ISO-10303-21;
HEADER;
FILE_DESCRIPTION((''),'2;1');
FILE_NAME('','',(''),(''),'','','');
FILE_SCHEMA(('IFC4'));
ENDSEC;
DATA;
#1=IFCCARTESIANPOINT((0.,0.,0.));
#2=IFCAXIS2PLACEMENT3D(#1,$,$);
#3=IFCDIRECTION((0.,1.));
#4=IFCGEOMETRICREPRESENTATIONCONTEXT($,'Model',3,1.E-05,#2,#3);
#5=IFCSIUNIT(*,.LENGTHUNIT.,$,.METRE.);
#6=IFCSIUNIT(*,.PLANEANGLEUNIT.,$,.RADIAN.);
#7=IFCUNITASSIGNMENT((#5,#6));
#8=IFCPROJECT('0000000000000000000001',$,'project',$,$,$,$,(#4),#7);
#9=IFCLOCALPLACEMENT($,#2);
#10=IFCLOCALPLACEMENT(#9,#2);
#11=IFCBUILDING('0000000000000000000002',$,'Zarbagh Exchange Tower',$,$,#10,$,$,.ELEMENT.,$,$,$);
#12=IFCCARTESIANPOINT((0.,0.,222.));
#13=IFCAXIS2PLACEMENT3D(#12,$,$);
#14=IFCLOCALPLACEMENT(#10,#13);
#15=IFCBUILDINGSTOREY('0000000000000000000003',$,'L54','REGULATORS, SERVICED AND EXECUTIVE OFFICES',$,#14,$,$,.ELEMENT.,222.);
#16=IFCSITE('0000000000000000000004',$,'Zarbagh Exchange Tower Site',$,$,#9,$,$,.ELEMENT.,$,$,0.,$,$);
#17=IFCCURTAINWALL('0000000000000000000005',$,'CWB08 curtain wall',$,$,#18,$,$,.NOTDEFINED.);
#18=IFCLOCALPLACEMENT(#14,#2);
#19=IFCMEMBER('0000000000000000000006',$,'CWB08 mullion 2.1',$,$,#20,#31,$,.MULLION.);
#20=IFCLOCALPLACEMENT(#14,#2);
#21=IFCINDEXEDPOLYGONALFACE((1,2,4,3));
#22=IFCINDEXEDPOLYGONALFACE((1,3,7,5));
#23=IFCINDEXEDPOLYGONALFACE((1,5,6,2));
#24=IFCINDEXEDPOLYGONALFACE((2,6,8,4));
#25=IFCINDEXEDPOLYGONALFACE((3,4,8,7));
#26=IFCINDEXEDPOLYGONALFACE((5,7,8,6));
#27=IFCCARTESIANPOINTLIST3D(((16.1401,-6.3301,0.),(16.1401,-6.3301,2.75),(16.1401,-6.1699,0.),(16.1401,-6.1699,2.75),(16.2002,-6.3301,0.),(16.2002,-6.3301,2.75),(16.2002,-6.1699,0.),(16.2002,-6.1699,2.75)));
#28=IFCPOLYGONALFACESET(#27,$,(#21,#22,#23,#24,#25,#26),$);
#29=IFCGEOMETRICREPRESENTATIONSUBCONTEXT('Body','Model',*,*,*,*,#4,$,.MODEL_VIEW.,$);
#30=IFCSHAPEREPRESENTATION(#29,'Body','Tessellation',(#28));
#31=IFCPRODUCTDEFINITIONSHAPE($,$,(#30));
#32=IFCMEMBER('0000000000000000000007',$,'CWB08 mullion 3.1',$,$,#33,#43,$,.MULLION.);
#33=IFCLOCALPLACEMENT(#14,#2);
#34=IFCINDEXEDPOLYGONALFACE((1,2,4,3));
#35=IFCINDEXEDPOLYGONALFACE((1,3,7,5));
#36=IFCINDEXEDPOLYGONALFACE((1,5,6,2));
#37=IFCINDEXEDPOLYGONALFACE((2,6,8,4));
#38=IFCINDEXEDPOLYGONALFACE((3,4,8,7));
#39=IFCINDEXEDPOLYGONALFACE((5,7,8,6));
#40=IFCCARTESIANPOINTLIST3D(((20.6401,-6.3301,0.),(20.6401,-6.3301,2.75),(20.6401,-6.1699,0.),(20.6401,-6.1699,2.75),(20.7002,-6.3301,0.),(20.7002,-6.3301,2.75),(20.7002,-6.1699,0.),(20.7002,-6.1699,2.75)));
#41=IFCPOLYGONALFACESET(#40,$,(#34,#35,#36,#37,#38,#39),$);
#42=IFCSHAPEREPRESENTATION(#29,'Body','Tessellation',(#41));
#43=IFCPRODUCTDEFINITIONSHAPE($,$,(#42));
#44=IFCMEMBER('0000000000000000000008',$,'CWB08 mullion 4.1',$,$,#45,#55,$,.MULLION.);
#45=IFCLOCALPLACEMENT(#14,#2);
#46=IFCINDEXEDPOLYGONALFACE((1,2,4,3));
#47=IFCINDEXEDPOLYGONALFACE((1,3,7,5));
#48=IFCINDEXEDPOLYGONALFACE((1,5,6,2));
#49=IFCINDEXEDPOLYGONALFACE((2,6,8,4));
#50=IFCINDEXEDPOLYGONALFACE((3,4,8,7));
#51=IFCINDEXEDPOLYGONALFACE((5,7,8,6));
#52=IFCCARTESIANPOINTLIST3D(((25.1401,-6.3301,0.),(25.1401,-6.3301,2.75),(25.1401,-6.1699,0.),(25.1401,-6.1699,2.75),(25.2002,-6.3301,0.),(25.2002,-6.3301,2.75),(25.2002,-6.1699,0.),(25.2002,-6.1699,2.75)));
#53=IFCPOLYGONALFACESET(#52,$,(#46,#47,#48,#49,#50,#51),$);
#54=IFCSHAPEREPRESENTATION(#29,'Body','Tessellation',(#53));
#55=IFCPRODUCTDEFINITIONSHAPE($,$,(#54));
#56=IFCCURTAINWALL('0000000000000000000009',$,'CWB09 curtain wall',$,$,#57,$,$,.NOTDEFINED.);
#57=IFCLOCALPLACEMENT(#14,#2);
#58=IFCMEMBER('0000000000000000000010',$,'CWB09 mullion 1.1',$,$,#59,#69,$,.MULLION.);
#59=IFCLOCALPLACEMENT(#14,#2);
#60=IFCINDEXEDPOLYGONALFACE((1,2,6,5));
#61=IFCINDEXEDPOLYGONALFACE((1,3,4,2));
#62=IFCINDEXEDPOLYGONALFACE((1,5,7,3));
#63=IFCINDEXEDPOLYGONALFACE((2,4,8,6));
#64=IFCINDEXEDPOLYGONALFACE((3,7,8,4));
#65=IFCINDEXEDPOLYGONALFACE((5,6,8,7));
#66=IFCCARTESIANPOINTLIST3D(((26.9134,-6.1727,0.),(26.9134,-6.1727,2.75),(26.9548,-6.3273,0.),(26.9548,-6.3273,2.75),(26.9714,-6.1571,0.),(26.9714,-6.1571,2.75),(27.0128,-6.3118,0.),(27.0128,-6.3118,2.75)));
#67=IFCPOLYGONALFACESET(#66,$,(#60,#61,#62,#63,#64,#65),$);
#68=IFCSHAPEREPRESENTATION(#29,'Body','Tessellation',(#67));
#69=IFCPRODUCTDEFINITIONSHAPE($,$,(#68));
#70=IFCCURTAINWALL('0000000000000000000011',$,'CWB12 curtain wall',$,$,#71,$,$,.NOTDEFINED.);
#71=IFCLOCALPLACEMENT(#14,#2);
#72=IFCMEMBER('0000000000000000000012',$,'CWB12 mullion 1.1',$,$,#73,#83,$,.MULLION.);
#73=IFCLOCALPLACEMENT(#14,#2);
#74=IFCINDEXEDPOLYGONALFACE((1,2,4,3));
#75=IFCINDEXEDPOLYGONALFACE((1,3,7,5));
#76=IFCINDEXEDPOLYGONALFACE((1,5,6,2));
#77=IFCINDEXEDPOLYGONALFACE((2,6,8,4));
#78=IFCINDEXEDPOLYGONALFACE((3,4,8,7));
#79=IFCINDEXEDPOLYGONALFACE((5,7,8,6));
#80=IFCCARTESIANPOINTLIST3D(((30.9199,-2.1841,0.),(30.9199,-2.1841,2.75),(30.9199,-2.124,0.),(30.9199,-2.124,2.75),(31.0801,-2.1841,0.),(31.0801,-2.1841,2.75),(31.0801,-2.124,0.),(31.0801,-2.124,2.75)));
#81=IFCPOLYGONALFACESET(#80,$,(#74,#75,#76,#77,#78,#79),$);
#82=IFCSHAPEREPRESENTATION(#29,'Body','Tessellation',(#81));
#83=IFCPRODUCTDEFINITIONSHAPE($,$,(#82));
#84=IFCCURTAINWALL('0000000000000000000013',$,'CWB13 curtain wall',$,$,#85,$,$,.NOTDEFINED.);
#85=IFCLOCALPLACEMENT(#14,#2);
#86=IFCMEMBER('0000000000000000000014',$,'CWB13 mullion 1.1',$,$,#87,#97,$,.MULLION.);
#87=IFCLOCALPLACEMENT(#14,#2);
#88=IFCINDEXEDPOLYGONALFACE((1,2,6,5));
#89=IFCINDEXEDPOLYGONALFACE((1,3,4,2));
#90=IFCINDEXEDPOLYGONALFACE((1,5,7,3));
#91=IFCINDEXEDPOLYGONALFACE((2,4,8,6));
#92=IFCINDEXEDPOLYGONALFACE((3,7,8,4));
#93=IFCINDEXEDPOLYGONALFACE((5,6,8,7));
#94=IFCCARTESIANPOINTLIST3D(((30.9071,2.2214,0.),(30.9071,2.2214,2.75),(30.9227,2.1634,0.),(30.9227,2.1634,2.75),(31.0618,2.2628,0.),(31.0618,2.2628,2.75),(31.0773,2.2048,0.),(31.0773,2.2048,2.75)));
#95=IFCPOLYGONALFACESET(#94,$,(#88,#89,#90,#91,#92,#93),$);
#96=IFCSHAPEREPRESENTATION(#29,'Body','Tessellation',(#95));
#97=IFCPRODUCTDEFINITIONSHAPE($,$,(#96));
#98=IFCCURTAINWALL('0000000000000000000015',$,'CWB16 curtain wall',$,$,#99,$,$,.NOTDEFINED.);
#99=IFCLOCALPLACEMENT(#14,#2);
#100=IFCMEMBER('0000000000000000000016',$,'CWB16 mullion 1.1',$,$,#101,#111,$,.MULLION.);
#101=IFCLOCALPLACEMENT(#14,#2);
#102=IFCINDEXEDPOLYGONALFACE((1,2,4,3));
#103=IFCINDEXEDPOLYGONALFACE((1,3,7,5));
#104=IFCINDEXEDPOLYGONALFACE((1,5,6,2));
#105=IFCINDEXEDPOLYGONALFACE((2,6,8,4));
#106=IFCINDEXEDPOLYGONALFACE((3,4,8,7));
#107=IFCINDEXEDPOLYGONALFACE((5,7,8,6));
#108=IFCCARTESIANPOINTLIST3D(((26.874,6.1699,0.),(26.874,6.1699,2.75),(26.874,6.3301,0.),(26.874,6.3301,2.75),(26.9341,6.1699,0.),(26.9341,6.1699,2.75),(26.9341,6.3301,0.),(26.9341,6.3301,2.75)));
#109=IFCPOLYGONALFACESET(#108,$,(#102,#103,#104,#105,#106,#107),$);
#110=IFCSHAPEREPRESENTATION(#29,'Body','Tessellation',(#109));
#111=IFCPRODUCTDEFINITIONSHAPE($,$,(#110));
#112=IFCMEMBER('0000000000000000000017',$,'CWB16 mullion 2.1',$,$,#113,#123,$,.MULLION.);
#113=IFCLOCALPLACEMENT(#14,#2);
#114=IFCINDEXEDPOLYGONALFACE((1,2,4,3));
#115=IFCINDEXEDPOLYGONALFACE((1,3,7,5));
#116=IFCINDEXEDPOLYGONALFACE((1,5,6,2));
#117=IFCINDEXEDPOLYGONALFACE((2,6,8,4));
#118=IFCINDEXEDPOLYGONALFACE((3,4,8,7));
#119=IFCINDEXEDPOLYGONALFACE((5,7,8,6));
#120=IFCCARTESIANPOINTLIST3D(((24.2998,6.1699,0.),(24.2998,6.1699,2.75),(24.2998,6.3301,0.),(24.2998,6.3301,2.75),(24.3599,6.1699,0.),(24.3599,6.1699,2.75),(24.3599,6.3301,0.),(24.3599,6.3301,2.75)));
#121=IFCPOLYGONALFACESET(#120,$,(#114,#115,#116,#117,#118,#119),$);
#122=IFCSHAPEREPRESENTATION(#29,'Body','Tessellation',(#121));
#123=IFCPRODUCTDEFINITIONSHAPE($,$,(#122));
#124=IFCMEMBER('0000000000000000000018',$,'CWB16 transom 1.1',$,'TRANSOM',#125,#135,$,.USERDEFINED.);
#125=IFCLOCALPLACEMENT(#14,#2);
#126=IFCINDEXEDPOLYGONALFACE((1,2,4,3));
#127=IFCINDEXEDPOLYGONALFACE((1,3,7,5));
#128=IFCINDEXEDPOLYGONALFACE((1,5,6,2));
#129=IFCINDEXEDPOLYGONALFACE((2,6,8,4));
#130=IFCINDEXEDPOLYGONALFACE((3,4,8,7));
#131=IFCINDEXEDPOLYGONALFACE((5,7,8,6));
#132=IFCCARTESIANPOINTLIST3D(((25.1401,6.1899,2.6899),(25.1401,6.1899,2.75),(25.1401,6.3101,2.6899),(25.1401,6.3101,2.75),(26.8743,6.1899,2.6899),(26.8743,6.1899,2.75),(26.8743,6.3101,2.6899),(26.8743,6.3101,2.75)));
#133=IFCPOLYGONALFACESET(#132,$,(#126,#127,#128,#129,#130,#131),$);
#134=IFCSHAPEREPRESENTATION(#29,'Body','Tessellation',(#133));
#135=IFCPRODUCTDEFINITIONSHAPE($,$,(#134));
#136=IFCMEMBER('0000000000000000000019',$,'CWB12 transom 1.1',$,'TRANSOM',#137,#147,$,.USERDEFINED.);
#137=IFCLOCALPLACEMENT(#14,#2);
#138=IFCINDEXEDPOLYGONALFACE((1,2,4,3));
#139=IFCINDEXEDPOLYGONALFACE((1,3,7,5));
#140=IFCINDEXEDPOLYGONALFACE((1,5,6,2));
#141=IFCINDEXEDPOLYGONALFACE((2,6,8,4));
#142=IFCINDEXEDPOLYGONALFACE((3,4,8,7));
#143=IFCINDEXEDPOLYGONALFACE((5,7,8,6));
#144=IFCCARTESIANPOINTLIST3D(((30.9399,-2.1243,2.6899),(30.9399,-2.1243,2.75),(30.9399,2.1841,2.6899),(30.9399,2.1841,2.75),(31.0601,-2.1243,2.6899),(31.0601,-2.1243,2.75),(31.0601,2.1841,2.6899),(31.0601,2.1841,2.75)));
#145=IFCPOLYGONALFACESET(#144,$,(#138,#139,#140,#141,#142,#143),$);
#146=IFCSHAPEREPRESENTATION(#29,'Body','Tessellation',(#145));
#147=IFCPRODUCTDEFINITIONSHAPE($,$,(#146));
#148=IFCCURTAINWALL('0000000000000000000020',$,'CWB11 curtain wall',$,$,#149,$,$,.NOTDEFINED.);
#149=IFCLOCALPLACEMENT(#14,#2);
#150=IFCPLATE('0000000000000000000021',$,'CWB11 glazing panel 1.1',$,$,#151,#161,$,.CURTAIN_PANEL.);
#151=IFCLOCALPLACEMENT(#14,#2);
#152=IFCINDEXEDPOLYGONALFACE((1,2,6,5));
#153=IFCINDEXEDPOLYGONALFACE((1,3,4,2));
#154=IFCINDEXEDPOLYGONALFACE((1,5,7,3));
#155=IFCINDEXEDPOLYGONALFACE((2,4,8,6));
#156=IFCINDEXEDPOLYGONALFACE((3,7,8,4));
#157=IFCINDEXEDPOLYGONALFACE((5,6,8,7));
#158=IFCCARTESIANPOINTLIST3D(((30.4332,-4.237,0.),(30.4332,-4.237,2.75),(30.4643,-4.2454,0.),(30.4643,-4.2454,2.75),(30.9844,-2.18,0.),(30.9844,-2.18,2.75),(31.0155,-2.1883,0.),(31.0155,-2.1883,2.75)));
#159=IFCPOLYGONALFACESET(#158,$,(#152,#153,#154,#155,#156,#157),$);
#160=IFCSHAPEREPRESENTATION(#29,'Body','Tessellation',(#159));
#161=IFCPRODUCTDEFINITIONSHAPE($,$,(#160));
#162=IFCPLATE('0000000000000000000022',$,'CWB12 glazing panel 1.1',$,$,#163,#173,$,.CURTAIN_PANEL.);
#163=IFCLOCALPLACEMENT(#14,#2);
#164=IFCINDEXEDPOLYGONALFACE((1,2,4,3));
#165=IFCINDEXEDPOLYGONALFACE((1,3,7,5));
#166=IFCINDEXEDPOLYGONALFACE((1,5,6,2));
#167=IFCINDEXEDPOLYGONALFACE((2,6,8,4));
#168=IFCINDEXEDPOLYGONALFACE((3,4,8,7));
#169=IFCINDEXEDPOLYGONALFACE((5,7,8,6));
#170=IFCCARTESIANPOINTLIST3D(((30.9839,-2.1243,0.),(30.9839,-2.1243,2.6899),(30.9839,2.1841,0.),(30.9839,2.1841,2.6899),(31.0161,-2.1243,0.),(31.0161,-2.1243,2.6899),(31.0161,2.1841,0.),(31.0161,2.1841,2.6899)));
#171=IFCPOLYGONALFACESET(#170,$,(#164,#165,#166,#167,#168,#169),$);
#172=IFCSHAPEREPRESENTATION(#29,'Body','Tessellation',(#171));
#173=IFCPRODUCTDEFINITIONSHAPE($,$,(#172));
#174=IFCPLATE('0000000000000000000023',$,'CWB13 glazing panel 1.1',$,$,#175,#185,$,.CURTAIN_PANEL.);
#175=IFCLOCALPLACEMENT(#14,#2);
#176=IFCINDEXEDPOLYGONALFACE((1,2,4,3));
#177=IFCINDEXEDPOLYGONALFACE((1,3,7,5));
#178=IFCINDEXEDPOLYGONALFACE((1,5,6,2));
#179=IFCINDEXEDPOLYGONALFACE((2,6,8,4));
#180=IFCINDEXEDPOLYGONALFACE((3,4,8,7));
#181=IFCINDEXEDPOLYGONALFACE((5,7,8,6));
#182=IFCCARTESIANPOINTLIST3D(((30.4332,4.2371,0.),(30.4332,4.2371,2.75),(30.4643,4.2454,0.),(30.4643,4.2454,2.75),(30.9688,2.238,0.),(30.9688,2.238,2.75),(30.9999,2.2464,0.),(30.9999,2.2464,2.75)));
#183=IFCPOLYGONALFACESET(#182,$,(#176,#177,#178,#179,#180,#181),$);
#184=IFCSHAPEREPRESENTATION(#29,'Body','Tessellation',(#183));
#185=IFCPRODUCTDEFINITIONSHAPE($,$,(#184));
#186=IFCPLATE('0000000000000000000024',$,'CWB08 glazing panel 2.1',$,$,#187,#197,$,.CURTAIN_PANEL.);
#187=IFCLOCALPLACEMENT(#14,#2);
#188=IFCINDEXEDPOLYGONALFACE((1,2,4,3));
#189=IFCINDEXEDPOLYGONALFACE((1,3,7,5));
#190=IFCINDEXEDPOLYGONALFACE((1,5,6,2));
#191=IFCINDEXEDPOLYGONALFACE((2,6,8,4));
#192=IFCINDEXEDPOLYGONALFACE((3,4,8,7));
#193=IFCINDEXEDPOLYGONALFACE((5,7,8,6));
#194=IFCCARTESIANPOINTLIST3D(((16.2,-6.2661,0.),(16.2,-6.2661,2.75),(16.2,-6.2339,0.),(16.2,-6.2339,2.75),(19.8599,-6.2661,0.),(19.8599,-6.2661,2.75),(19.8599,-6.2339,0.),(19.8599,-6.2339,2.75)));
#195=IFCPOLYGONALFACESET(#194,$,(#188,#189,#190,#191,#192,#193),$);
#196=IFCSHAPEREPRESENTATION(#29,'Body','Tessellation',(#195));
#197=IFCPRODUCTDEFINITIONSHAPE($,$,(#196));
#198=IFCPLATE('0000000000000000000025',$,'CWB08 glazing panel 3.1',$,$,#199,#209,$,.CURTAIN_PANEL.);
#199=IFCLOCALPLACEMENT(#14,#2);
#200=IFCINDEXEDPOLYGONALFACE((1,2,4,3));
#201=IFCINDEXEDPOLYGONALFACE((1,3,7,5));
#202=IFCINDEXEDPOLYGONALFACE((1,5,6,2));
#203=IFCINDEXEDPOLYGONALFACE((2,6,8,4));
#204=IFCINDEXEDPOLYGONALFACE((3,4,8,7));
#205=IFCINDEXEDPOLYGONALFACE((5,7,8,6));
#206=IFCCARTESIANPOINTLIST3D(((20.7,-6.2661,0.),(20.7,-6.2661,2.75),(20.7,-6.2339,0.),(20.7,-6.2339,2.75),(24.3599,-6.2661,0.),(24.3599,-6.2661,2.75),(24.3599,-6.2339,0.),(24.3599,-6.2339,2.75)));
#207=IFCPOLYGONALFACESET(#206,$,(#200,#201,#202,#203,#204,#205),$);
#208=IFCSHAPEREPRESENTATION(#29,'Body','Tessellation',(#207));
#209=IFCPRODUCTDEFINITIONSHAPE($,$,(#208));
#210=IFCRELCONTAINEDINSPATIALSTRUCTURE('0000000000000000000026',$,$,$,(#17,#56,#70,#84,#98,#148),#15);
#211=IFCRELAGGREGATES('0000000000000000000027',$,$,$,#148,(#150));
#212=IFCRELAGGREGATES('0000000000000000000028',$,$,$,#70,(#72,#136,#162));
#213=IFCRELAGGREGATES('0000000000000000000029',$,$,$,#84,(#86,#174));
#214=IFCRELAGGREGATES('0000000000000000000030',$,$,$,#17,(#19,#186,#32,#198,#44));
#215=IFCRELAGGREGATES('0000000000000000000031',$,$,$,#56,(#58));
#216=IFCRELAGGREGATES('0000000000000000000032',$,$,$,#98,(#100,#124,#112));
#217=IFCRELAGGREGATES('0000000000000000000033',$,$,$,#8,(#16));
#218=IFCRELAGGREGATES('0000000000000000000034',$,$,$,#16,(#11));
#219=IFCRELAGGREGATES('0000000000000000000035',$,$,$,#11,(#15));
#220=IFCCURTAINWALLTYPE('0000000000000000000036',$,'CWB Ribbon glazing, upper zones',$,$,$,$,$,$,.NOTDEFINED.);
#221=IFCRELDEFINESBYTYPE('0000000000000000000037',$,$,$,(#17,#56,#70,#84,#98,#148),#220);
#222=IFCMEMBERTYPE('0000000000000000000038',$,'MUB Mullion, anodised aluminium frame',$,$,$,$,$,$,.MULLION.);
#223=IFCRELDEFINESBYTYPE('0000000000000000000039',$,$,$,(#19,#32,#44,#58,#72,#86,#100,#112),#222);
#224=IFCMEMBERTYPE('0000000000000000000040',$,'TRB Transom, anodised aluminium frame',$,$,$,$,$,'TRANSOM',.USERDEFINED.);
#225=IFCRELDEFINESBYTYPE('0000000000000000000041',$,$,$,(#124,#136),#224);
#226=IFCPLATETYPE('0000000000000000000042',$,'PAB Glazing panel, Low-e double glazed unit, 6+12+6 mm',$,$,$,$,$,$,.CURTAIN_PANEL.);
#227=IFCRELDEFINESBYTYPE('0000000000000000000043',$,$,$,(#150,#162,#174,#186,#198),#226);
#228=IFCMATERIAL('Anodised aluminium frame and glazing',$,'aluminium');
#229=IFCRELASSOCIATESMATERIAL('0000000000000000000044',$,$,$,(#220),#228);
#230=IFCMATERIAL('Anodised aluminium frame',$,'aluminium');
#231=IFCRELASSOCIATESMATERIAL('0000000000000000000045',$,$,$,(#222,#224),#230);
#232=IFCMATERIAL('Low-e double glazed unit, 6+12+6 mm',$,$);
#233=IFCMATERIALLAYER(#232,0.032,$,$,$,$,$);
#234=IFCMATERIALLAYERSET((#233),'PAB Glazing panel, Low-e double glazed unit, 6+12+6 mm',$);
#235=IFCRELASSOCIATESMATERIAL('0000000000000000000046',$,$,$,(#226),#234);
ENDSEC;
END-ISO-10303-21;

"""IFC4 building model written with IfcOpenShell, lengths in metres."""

from ifc_helpers import new_model, si_unit, direction, frame, origin, place, context, subcontext, project, spatial, polyline, outline, extrude, source, transform, mapped, material, layer, layer_set, type_object, element, aggregate, save


model = new_model("IFC4")

# Units and contexts
model_context = context("Model", 3, precision=1e-05, world=origin(), true_north=direction((0.0, 1.0)))
body_context = subcontext(model_context, "Body", "Model", "MODEL_VIEW")
ifc_project = project(units=[si_unit("LENGTHUNIT", "METRE"), si_unit("PLANEANGLEUNIT", "RADIAN")], contexts=[model_context])

# Site, building, storey
site_placement = place(None, origin())
site = spatial("IfcSite", under=ifc_project, at=site_placement, Name="Zarbagh Exchange Tower Site", CompositionType="ELEMENT", RefElevation=0.0)
building_placement = place(site_placement, origin())
building = spatial("IfcBuilding", under=site, at=building_placement, Name="Zarbagh Exchange Tower", CompositionType="ELEMENT")
storey_placement = place(building_placement, frame((0.0, 0.0, 222.0)))
storey = spatial("IfcBuildingStorey", under=building, at=storey_placement, Name="L54", Description="REGULATORS, SERVICED AND EXECUTIVE OFFICES", CompositionType="ELEMENT", Elevation=222.0)

# Curtain wall, members
ifc_material_1 = material(Name="Anodised aluminium frame and glazing", Category="aluminium")
curtain_wall_type = type_object("IfcCurtainWallType", Name="CWB Ribbon glazing, upper zones", PredefinedType="NOTDEFINED", material=ifc_material_1)
curtain_wall_1_placement = place(storey_placement, origin())
curtain_wall_1 = element("IfcCurtainWall", 1, at=curtain_wall_1_placement, inside=storey, type_object=curtain_wall_type, Name="CWB08 curtain wall", PredefinedType="NOTDEFINED")
ifc_material_2 = material(Name="Anodised aluminium frame", Category="aluminium")
member_type_1 = type_object("IfcMemberType", Name="MUB Mullion, anodised aluminium frame", PredefinedType="MULLION", material=ifc_material_2)
shared_shape_1 = source(origin(), body_context, "Body", "SweptSolid", [
    extrude(outline(polyline([(0.0, -0.0801), (0.0601, -0.0801), (0.0601, 0.0801), (0.0, 0.0801), (0.0, -0.0801)])), origin(), (0.0, 0.0, 1.0), 2.75),
])
placement = place(storey_placement, origin())
member_1 = element("IfcMember", 2, at=placement, type_object=member_type_1, Name="CWB08 mullion 2.1", PredefinedType="MULLION", context=body_context, shape_type="MappedRepresentation", body=[
    mapped(shared_shape_1, transform((16.1401, -6.25, 0.0), x_axis=(1.0, 0.0, 0.0), y_axis=(0.0, 1.0, 0.0), z_axis=(0.0, 0.0, 1.0))),
])
member_2 = element("IfcMember", 3, at=placement, type_object=member_type_1, Name="CWB08 mullion 3.1", PredefinedType="MULLION", context=body_context, shape_type="MappedRepresentation", body=[
    mapped(shared_shape_1, transform((20.6401, -6.25, 0.0), x_axis=(1.0, 0.0, 0.0), y_axis=(0.0, 1.0, 0.0), z_axis=(0.0, 0.0, 1.0))),
])
member_3 = element("IfcMember", 4, at=placement, type_object=member_type_1, Name="CWB08 mullion 4.1", PredefinedType="MULLION", context=body_context, shape_type="MappedRepresentation", body=[
    mapped(shared_shape_1, transform((25.1401, -6.25, 0.0), x_axis=(1.0, 0.0, 0.0), y_axis=(0.0, 1.0, 0.0), z_axis=(0.0, 0.0, 1.0))),
])

# Curtain walls, members
curtain_wall_2_placement = place(storey_placement, origin())
curtain_wall_2 = element("IfcCurtainWall", 5, at=curtain_wall_2_placement, inside=storey, type_object=curtain_wall_type, Name="CWB09 curtain wall", PredefinedType="NOTDEFINED")
member_4 = element("IfcMember", 6, at=placement, type_object=member_type_1, Name="CWB09 mullion 1.1", PredefinedType="MULLION", context=body_context, shape_type="MappedRepresentation", body=[
    mapped(shared_shape_1, transform((26.9341, -6.25, 0.0), x_axis=(0.965924, 0.258825, 0.0), y_axis=(-0.258825, 0.965924, 0.0), z_axis=(0.0, 0.0, 1.0))),
])
curtain_wall_3_placement = place(storey_placement, origin())
curtain_wall_3 = element("IfcCurtainWall", 7, at=curtain_wall_3_placement, inside=storey, type_object=curtain_wall_type, Name="CWB12 curtain wall", PredefinedType="NOTDEFINED")
member_5 = element("IfcMember", 8, at=placement, type_object=member_type_1, Name="CWB12 mullion 1.1", PredefinedType="MULLION", context=body_context, shape_type="MappedRepresentation", body=[
    mapped(shared_shape_1, transform((31.0, -2.1841, 0.0), x_axis=(0.0, 1.0, 0.0), y_axis=(-1.0, 0.0, 0.0), z_axis=(0.0, 0.0, 1.0))),
])
curtain_wall_4_placement = place(storey_placement, origin())
curtain_wall_4 = element("IfcCurtainWall", 9, at=curtain_wall_4_placement, inside=storey, type_object=curtain_wall_type, Name="CWB13 curtain wall", PredefinedType="NOTDEFINED")
member_6 = element("IfcMember", 10, at=placement, type_object=member_type_1, Name="CWB13 mullion 1.1", PredefinedType="MULLION", context=body_context, shape_type="MappedRepresentation", body=[
    mapped(shared_shape_1, transform((31.0, 2.1841, 0.0), x_axis=(-0.258825, 0.965924, 0.0), y_axis=(-0.965924, -0.258825, 0.0), z_axis=(0.0, 0.0, 1.0))),
])

# Curtain wall, members
curtain_wall_5_placement = place(storey_placement, origin())
curtain_wall_5 = element("IfcCurtainWall", 11, at=curtain_wall_5_placement, inside=storey, type_object=curtain_wall_type, Name="CWB16 curtain wall", PredefinedType="NOTDEFINED")
member_7 = element("IfcMember", 12, at=placement, type_object=member_type_1, Name="CWB16 mullion 1.1", PredefinedType="MULLION", context=body_context, shape_type="MappedRepresentation", body=[
    mapped(shared_shape_1, transform((26.9341, 6.25, 0.0), x_axis=(-1.0, 0.0, 0.0), y_axis=(0.0, -1.0, 0.0), z_axis=(0.0, 0.0, 1.0))),
])
member_8 = element("IfcMember", 13, at=placement, type_object=member_type_1, Name="CWB16 mullion 2.1", PredefinedType="MULLION", context=body_context, shape_type="MappedRepresentation", body=[
    mapped(shared_shape_1, transform((24.3599, 6.25, 0.0), x_axis=(-1.0, 0.0, 0.0), y_axis=(0.0, -1.0, 0.0), z_axis=(0.0, 0.0, 1.0))),
])
member_type_2 = type_object("IfcMemberType", Name="TRB Transom, anodised aluminium frame", ElementType="TRANSOM", PredefinedType="USERDEFINED", material=ifc_material_2)
shared_shape_2 = source(origin(), body_context, "Body", "SweptSolid", [
    extrude(outline(polyline([(-0.0601, -0.0601), (0.0, -0.0601), (0.0, 0.0601), (-0.0601, 0.0601), (-0.0601, -0.0601)])), origin(), (0.0, 0.0, 1.0), 1.7341),
])
member_9 = element("IfcMember", 14, at=placement, type_object=member_type_2, Name="CWB16 transom 1.1", ObjectType="TRANSOM", PredefinedType="USERDEFINED", context=body_context, shape_type="MappedRepresentation", body=[
    mapped(shared_shape_2, transform((26.8743, 6.25, 2.75), x_axis=(0.0, 0.0, 1.0), y_axis=(0.0, 1.0, 0.0), z_axis=(-1.0, 0.0, 0.0))),
])

# Member
shared_shape_3 = source(origin(), body_context, "Body", "SweptSolid", [
    extrude(outline(polyline([(-0.0601, -0.0601), (0.0, -0.0601), (0.0, 0.0601), (-0.0601, 0.0601), (-0.0601, -0.0601)])), origin(), (0.0, 0.0, 1.0), 4.3083),
])
member_10 = element("IfcMember", 15, at=placement, type_object=member_type_2, Name="CWB12 transom 1.1", ObjectType="TRANSOM", PredefinedType="USERDEFINED", context=body_context, shape_type="MappedRepresentation", body=[
    mapped(shared_shape_3, transform((31.0, -2.1243, 2.75), x_axis=(0.0, 0.0, 1.0), y_axis=(1.0, 0.0, 0.0), z_axis=(0.0, 1.0, 0.0))),
])

# Curtain wall, plate
curtain_wall_6_placement = place(storey_placement, origin())
curtain_wall_6 = element("IfcCurtainWall", 16, at=curtain_wall_6_placement, inside=storey, type_object=curtain_wall_type, Name="CWB11 curtain wall", PredefinedType="NOTDEFINED")
ifc_material_3 = material(Name="Low-e double glazed unit, 6+12+6 mm")
ifc_layer = layer(ifc_material_3, 0.032)
ifc_layer_set = layer_set([ifc_layer], Name="PAB Glazing panel, Low-e double glazed unit, 6+12+6 mm")
plate_type = type_object("IfcPlateType", Name="PAB Glazing panel, Low-e double glazed unit, 6+12+6 mm", PredefinedType="CURTAIN_PANEL", material=ifc_layer_set)
shared_shape_4 = source(origin(), body_context, "Body", "SweptSolid", [
    extrude(outline(polyline([(0.0, -0.0161), (2.1296, -0.0161), (2.1296, 0.0161), (0.0, 0.0161), (0.0, -0.0161)])), origin(), (0.0, 0.0, 1.0), 2.75),
])
plate_1 = element("IfcPlate", 17, at=placement, type_object=plate_type, Name="CWB11 glazing panel 1.1", PredefinedType="CURTAIN_PANEL", context=body_context, shape_type="MappedRepresentation", body=[
    mapped(shared_shape_4, transform((30.4487, -4.2412, 0.0), x_axis=(0.258825, 0.965924, 0.0), y_axis=(-0.965924, 0.258825, 0.0), z_axis=(0.0, 0.0, 1.0))),
])
aggregate(curtain_wall_6, [plate_1])

# Plates
shared_shape_5 = source(origin(), body_context, "Body", "SweptSolid", [
    extrude(outline(polyline([(0.0, -0.0161), (4.3083, -0.0161), (4.3083, 0.0161), (0.0, 0.0161), (0.0, -0.0161)])), origin(), (0.0, 0.0, 1.0), 2.6899),
])
plate_2 = element("IfcPlate", 18, at=placement, type_object=plate_type, Name="CWB12 glazing panel 1.1", PredefinedType="CURTAIN_PANEL", context=body_context, shape_type="MappedRepresentation", body=[
    mapped(shared_shape_5, transform((31.0, -2.1243, 0.0), x_axis=(0.0, 1.0, 0.0), y_axis=(-1.0, 0.0, 0.0), z_axis=(0.0, 0.0, 1.0))),
])
aggregate(curtain_wall_3, [member_5, member_10, plate_2])
shared_shape_6 = source(origin(), body_context, "Body", "SweptSolid", [
    extrude(outline(polyline([(0.0, -0.0161), (2.0696, -0.0161), (2.0696, 0.0161), (0.0, 0.0161), (0.0, -0.0161)])), origin(), (0.0, 0.0, 1.0), 2.75),
])
plate_3 = element("IfcPlate", 19, at=placement, type_object=plate_type, Name="CWB13 glazing panel 1.1", PredefinedType="CURTAIN_PANEL", context=body_context, shape_type="MappedRepresentation", body=[
    mapped(shared_shape_6, transform((30.9844, 2.2422, 0.0), x_axis=(-0.258825, 0.965924, 0.0), y_axis=(-0.965924, -0.258825, 0.0), z_axis=(0.0, 0.0, 1.0))),
])
aggregate(curtain_wall_4, [member_6, plate_3])
shared_shape_7 = source(origin(), body_context, "Body", "SweptSolid", [
    extrude(outline(polyline([(0.0, -0.0161), (3.6599, -0.0161), (3.6599, 0.0161), (0.0, 0.0161), (0.0, -0.0161)])), origin(), (0.0, 0.0, 1.0), 2.75),
])
plate_4 = element("IfcPlate", 20, at=placement, type_object=plate_type, Name="CWB08 glazing panel 2.1", PredefinedType="CURTAIN_PANEL", context=body_context, shape_type="MappedRepresentation", body=[
    mapped(shared_shape_7, transform((16.2, -6.25, 0.0), x_axis=(1.0, 0.0, 0.0), y_axis=(0.0, 1.0, 0.0), z_axis=(0.0, 0.0, 1.0))),
])
plate_5 = element("IfcPlate", 21, at=placement, type_object=plate_type, Name="CWB08 glazing panel 3.1", PredefinedType="CURTAIN_PANEL", context=body_context, shape_type="MappedRepresentation", body=[
    mapped(shared_shape_7, transform((20.7, -6.25, 0.0), x_axis=(1.0, 0.0, 0.0), y_axis=(0.0, 1.0, 0.0), z_axis=(0.0, 0.0, 1.0))),
])
aggregate(curtain_wall_1, [member_1, plate_4, member_2, plate_5, member_3])
aggregate(curtain_wall_2, [member_4])

aggregate(curtain_wall_5, [member_7, member_9, member_8])

save(model, "model.ifc")
